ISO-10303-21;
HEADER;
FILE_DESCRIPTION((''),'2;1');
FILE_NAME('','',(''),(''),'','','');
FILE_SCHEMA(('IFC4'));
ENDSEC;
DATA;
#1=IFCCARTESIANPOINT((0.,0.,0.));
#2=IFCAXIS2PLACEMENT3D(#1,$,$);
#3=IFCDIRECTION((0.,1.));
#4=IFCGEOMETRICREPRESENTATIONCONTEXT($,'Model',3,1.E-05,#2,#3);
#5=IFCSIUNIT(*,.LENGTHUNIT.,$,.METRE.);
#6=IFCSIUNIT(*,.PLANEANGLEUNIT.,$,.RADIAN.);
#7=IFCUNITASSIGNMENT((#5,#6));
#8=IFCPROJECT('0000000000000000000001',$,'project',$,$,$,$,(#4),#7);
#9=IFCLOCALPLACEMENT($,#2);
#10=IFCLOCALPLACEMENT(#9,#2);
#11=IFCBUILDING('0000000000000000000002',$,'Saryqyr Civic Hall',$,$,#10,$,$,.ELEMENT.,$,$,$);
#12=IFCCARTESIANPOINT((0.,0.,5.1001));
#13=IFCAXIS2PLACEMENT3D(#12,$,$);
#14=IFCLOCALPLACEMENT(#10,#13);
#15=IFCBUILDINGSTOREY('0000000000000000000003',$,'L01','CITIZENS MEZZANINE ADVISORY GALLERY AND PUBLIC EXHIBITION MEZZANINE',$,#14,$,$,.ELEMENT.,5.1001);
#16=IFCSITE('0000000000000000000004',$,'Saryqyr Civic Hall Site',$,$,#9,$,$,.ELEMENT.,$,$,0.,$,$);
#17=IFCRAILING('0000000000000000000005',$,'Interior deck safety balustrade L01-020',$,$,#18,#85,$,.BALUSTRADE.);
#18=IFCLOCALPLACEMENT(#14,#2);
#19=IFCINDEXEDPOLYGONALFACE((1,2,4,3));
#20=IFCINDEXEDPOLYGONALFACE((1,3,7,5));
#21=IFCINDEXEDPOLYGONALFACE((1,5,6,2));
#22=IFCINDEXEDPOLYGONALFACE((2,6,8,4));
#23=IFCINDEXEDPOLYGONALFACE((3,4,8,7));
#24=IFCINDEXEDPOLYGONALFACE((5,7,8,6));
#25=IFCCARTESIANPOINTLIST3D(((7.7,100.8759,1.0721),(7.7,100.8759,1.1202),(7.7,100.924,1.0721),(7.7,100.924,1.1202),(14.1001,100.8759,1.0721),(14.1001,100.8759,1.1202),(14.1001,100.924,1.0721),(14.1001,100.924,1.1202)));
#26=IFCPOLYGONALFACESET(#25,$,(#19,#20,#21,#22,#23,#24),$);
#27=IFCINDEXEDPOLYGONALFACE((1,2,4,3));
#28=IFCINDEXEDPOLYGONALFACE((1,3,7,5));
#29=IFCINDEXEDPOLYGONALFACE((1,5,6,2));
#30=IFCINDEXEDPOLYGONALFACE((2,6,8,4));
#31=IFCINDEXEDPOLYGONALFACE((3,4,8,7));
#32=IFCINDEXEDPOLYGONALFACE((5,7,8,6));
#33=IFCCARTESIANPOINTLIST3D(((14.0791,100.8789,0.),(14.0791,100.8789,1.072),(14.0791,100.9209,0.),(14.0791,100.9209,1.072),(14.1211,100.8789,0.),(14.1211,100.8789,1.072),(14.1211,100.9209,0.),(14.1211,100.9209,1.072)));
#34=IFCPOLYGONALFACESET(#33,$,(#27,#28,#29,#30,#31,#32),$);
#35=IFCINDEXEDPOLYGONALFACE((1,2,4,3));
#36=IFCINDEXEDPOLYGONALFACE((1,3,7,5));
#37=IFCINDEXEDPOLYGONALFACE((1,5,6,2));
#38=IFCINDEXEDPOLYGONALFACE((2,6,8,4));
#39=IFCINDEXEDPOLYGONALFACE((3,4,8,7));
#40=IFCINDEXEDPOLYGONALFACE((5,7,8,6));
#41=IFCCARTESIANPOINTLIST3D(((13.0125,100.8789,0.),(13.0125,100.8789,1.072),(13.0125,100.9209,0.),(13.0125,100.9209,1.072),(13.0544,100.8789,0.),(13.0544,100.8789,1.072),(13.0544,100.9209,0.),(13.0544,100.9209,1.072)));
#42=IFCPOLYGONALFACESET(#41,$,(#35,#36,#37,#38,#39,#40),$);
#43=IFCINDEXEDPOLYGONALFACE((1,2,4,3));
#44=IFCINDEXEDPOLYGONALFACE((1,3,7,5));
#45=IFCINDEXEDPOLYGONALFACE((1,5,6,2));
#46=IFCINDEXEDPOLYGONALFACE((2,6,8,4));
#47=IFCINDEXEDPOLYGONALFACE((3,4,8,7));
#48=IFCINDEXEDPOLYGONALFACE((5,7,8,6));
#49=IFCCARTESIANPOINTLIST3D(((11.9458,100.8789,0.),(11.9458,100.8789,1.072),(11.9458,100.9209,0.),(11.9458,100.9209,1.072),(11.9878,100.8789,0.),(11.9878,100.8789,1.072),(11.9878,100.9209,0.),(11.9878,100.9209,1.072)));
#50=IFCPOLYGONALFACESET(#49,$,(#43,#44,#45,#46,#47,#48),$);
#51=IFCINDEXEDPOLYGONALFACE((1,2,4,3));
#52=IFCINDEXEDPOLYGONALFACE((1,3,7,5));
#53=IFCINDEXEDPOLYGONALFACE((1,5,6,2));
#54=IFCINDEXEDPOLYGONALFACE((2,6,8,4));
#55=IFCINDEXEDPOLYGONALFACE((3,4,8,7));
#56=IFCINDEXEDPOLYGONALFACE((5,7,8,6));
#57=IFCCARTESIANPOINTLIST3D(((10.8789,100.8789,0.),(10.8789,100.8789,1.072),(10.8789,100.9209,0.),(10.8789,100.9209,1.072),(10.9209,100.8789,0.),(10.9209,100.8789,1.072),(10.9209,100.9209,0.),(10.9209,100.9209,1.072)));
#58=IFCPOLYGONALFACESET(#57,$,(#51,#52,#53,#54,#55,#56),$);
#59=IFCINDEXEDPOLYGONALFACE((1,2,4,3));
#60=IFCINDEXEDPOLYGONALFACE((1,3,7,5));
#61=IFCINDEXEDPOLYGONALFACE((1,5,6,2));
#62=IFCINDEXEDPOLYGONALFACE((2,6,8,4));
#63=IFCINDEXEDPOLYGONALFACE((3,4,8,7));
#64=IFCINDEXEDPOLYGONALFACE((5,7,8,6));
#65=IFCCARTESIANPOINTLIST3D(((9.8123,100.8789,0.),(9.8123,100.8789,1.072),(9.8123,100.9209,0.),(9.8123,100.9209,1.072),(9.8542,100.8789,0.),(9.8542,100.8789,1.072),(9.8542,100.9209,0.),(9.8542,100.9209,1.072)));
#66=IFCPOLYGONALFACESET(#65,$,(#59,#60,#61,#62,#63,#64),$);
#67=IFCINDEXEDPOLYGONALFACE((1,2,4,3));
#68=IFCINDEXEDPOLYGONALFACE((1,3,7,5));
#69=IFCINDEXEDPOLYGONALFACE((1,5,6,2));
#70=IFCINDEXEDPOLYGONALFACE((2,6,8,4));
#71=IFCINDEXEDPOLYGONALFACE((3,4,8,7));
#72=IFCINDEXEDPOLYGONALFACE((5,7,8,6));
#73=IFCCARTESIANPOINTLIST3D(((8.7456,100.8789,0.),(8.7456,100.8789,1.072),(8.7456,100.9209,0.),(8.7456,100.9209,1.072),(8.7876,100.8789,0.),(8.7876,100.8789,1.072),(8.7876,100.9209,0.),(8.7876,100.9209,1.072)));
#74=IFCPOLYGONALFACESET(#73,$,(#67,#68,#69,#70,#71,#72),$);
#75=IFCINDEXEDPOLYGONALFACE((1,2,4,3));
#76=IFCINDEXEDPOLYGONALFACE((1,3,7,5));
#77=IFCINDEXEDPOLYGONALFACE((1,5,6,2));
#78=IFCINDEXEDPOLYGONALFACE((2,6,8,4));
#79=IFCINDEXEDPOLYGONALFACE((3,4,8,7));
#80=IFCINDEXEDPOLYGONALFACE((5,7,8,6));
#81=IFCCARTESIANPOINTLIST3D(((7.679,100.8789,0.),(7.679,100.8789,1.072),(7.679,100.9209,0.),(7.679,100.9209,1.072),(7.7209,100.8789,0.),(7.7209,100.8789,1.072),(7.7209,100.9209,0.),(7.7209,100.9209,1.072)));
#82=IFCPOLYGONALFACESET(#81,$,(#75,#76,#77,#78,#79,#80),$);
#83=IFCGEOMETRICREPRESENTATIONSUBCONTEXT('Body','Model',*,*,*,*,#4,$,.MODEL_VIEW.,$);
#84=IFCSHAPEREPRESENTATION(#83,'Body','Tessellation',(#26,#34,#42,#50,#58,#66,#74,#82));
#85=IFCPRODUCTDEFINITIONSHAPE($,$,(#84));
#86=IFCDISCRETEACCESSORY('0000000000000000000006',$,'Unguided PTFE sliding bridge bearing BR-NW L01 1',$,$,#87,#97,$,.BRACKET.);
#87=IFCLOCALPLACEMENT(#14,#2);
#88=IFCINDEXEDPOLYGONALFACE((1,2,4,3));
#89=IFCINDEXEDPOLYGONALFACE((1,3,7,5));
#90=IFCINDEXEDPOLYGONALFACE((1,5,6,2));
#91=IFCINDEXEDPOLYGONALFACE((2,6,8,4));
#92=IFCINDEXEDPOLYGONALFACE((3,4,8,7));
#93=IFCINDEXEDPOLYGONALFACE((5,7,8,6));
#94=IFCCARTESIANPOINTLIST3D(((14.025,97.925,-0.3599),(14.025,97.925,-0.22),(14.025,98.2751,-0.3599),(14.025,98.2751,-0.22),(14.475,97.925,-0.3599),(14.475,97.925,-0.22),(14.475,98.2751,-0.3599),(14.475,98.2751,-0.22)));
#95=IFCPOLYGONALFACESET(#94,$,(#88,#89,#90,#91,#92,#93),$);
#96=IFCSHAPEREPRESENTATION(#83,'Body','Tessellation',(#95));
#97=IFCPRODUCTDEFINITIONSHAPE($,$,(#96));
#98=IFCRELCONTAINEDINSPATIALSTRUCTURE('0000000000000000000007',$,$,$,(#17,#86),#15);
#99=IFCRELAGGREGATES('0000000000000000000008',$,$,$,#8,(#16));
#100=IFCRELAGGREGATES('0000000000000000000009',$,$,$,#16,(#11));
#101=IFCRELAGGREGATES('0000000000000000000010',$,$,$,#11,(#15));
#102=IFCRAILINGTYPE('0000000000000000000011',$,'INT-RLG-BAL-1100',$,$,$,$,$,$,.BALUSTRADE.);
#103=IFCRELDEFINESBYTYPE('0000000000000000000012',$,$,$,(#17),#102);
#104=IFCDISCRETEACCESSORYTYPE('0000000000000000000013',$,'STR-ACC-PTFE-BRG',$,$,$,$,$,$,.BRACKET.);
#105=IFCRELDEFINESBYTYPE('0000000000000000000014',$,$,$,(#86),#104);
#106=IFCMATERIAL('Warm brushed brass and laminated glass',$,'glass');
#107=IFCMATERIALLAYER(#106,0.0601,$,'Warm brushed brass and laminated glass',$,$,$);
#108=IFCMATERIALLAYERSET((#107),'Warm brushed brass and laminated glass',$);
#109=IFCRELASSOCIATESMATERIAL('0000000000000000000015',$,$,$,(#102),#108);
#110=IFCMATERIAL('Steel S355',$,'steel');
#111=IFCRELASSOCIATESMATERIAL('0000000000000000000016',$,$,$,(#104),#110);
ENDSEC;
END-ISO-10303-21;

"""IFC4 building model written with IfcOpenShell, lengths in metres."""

from ifc_helpers import new_model, si_unit, direction, frame, origin, origin_2d, place, context, subcontext, project, spatial, rectangle, extrude, material, layer, layer_set, type_object, element, save


model = new_model("IFC4")

# Units and contexts
model_context = context("Model", 3, precision=1e-05, world=origin(), true_north=direction((0.0, 1.0)))
body_context = subcontext(model_context, "Body", "Model", "MODEL_VIEW")
ifc_project = project(units=[si_unit("LENGTHUNIT", "METRE"), si_unit("PLANEANGLEUNIT", "RADIAN")], contexts=[model_context])

# Site, building, storey
site_placement = place(None, origin())
site = spatial("IfcSite", under=ifc_project, at=site_placement, Name="Saryqyr Civic Hall Site", CompositionType="ELEMENT", RefElevation=0.0)
building_placement = place(site_placement, origin())
building = spatial("IfcBuilding", under=site, at=building_placement, Name="Saryqyr Civic Hall", CompositionType="ELEMENT")
storey_placement = place(building_placement, frame((0.0, 0.0, 5.1001)))
storey = spatial("IfcBuildingStorey", under=building, at=storey_placement, Name="L01", Description="CITIZENS MEZZANINE ADVISORY GALLERY AND PUBLIC EXHIBITION MEZZANINE", CompositionType="ELEMENT", Elevation=5.1001)

# Shared definitions
ifc_material_1 = material(Name="Steel S355", Category="steel")

# Railing
ifc_material_2 = material(Name="Warm brushed brass and laminated glass", Category="glass")
ifc_layer_1 = layer(ifc_material_2, 0.0601, Name="Warm brushed brass and laminated glass")
ifc_layer_set_1 = layer_set([ifc_layer_1], Name="Warm brushed brass and laminated glass")
railing_type = type_object("IfcRailingType", Name="INT-RLG-BAL-1100", PredefinedType="BALUSTRADE", material=ifc_layer_set_1)
railing_1_placement = place(storey_placement, frame((14.1001, 100.8999, 0.0)))
element("IfcRailing", 1, at=railing_1_placement, inside=storey, type_object=railing_type, Name="Interior deck safety balustrade L01-020", PredefinedType="BALUSTRADE", context=body_context, shape_type="SweptSolid", body=[
    extrude(rectangle(XDim=0.0481, YDim=0.0481, at=origin_2d()), frame((0.0, 0.0, 1.0962), z_axis=(-1.0, 0.0, 0.0), x_axis=(0.0, -1.0, 0.0)), (0.0, 0.0, 1.0), 6.4001),
    extrude(rectangle(XDim=0.042, YDim=0.042, at=origin_2d()), origin(), (0.0, 0.0, 1.0), 1.072),
    extrude(rectangle(XDim=0.042, YDim=0.042, at=origin_2d()), frame((-1.0667, 0.0, 0.0)), (0.0, 0.0, 1.0), 1.072),
    extrude(rectangle(XDim=0.042, YDim=0.042, at=origin_2d()), frame((-2.1333, 0.0, 0.0)), (0.0, 0.0, 1.0), 1.072),
    extrude(rectangle(XDim=0.042, YDim=0.042, at=origin_2d()), frame((-3.2002, 0.0, 0.0)), (0.0, 0.0, 1.0), 1.072),
    extrude(rectangle(XDim=0.042, YDim=0.042, at=origin_2d()), frame((-4.2668, 0.0, 0.0)), (0.0, 0.0, 1.0), 1.072),
    extrude(rectangle(XDim=0.042, YDim=0.042, at=origin_2d()), frame((-5.3335, 0.0, 0.0)), (0.0, 0.0, 1.0), 1.072),
    extrude(rectangle(XDim=0.042, YDim=0.042, at=origin_2d()), frame((-6.4001, 0.0, 0.0)), (0.0, 0.0, 1.0), 1.072),
])

# Discrete accessory
discrete_accessory_type = type_object("IfcDiscreteAccessoryType", Name="STR-ACC-PTFE-BRG", PredefinedType="BRACKET", material=ifc_material_1)
discrete_accessory_placement = place(storey_placement, frame((14.25, 98.1001, -0.3599), z_axis=(0.0, 0.0, 1.0), x_axis=(1.0, 0.0, 0.0)))
element("IfcDiscreteAccessory", 2, at=discrete_accessory_placement, inside=storey, type_object=discrete_accessory_type, Name="Unguided PTFE sliding bridge bearing BR-NW L01 1", PredefinedType="BRACKET", context=body_context, shape_type="SweptSolid", body=[
    extrude(rectangle(XDim=0.45, YDim=0.3501, at=origin_2d()), origin(), (0.0, 0.0, 1.0), 0.1399),
])

save(model, "model.ifc")
